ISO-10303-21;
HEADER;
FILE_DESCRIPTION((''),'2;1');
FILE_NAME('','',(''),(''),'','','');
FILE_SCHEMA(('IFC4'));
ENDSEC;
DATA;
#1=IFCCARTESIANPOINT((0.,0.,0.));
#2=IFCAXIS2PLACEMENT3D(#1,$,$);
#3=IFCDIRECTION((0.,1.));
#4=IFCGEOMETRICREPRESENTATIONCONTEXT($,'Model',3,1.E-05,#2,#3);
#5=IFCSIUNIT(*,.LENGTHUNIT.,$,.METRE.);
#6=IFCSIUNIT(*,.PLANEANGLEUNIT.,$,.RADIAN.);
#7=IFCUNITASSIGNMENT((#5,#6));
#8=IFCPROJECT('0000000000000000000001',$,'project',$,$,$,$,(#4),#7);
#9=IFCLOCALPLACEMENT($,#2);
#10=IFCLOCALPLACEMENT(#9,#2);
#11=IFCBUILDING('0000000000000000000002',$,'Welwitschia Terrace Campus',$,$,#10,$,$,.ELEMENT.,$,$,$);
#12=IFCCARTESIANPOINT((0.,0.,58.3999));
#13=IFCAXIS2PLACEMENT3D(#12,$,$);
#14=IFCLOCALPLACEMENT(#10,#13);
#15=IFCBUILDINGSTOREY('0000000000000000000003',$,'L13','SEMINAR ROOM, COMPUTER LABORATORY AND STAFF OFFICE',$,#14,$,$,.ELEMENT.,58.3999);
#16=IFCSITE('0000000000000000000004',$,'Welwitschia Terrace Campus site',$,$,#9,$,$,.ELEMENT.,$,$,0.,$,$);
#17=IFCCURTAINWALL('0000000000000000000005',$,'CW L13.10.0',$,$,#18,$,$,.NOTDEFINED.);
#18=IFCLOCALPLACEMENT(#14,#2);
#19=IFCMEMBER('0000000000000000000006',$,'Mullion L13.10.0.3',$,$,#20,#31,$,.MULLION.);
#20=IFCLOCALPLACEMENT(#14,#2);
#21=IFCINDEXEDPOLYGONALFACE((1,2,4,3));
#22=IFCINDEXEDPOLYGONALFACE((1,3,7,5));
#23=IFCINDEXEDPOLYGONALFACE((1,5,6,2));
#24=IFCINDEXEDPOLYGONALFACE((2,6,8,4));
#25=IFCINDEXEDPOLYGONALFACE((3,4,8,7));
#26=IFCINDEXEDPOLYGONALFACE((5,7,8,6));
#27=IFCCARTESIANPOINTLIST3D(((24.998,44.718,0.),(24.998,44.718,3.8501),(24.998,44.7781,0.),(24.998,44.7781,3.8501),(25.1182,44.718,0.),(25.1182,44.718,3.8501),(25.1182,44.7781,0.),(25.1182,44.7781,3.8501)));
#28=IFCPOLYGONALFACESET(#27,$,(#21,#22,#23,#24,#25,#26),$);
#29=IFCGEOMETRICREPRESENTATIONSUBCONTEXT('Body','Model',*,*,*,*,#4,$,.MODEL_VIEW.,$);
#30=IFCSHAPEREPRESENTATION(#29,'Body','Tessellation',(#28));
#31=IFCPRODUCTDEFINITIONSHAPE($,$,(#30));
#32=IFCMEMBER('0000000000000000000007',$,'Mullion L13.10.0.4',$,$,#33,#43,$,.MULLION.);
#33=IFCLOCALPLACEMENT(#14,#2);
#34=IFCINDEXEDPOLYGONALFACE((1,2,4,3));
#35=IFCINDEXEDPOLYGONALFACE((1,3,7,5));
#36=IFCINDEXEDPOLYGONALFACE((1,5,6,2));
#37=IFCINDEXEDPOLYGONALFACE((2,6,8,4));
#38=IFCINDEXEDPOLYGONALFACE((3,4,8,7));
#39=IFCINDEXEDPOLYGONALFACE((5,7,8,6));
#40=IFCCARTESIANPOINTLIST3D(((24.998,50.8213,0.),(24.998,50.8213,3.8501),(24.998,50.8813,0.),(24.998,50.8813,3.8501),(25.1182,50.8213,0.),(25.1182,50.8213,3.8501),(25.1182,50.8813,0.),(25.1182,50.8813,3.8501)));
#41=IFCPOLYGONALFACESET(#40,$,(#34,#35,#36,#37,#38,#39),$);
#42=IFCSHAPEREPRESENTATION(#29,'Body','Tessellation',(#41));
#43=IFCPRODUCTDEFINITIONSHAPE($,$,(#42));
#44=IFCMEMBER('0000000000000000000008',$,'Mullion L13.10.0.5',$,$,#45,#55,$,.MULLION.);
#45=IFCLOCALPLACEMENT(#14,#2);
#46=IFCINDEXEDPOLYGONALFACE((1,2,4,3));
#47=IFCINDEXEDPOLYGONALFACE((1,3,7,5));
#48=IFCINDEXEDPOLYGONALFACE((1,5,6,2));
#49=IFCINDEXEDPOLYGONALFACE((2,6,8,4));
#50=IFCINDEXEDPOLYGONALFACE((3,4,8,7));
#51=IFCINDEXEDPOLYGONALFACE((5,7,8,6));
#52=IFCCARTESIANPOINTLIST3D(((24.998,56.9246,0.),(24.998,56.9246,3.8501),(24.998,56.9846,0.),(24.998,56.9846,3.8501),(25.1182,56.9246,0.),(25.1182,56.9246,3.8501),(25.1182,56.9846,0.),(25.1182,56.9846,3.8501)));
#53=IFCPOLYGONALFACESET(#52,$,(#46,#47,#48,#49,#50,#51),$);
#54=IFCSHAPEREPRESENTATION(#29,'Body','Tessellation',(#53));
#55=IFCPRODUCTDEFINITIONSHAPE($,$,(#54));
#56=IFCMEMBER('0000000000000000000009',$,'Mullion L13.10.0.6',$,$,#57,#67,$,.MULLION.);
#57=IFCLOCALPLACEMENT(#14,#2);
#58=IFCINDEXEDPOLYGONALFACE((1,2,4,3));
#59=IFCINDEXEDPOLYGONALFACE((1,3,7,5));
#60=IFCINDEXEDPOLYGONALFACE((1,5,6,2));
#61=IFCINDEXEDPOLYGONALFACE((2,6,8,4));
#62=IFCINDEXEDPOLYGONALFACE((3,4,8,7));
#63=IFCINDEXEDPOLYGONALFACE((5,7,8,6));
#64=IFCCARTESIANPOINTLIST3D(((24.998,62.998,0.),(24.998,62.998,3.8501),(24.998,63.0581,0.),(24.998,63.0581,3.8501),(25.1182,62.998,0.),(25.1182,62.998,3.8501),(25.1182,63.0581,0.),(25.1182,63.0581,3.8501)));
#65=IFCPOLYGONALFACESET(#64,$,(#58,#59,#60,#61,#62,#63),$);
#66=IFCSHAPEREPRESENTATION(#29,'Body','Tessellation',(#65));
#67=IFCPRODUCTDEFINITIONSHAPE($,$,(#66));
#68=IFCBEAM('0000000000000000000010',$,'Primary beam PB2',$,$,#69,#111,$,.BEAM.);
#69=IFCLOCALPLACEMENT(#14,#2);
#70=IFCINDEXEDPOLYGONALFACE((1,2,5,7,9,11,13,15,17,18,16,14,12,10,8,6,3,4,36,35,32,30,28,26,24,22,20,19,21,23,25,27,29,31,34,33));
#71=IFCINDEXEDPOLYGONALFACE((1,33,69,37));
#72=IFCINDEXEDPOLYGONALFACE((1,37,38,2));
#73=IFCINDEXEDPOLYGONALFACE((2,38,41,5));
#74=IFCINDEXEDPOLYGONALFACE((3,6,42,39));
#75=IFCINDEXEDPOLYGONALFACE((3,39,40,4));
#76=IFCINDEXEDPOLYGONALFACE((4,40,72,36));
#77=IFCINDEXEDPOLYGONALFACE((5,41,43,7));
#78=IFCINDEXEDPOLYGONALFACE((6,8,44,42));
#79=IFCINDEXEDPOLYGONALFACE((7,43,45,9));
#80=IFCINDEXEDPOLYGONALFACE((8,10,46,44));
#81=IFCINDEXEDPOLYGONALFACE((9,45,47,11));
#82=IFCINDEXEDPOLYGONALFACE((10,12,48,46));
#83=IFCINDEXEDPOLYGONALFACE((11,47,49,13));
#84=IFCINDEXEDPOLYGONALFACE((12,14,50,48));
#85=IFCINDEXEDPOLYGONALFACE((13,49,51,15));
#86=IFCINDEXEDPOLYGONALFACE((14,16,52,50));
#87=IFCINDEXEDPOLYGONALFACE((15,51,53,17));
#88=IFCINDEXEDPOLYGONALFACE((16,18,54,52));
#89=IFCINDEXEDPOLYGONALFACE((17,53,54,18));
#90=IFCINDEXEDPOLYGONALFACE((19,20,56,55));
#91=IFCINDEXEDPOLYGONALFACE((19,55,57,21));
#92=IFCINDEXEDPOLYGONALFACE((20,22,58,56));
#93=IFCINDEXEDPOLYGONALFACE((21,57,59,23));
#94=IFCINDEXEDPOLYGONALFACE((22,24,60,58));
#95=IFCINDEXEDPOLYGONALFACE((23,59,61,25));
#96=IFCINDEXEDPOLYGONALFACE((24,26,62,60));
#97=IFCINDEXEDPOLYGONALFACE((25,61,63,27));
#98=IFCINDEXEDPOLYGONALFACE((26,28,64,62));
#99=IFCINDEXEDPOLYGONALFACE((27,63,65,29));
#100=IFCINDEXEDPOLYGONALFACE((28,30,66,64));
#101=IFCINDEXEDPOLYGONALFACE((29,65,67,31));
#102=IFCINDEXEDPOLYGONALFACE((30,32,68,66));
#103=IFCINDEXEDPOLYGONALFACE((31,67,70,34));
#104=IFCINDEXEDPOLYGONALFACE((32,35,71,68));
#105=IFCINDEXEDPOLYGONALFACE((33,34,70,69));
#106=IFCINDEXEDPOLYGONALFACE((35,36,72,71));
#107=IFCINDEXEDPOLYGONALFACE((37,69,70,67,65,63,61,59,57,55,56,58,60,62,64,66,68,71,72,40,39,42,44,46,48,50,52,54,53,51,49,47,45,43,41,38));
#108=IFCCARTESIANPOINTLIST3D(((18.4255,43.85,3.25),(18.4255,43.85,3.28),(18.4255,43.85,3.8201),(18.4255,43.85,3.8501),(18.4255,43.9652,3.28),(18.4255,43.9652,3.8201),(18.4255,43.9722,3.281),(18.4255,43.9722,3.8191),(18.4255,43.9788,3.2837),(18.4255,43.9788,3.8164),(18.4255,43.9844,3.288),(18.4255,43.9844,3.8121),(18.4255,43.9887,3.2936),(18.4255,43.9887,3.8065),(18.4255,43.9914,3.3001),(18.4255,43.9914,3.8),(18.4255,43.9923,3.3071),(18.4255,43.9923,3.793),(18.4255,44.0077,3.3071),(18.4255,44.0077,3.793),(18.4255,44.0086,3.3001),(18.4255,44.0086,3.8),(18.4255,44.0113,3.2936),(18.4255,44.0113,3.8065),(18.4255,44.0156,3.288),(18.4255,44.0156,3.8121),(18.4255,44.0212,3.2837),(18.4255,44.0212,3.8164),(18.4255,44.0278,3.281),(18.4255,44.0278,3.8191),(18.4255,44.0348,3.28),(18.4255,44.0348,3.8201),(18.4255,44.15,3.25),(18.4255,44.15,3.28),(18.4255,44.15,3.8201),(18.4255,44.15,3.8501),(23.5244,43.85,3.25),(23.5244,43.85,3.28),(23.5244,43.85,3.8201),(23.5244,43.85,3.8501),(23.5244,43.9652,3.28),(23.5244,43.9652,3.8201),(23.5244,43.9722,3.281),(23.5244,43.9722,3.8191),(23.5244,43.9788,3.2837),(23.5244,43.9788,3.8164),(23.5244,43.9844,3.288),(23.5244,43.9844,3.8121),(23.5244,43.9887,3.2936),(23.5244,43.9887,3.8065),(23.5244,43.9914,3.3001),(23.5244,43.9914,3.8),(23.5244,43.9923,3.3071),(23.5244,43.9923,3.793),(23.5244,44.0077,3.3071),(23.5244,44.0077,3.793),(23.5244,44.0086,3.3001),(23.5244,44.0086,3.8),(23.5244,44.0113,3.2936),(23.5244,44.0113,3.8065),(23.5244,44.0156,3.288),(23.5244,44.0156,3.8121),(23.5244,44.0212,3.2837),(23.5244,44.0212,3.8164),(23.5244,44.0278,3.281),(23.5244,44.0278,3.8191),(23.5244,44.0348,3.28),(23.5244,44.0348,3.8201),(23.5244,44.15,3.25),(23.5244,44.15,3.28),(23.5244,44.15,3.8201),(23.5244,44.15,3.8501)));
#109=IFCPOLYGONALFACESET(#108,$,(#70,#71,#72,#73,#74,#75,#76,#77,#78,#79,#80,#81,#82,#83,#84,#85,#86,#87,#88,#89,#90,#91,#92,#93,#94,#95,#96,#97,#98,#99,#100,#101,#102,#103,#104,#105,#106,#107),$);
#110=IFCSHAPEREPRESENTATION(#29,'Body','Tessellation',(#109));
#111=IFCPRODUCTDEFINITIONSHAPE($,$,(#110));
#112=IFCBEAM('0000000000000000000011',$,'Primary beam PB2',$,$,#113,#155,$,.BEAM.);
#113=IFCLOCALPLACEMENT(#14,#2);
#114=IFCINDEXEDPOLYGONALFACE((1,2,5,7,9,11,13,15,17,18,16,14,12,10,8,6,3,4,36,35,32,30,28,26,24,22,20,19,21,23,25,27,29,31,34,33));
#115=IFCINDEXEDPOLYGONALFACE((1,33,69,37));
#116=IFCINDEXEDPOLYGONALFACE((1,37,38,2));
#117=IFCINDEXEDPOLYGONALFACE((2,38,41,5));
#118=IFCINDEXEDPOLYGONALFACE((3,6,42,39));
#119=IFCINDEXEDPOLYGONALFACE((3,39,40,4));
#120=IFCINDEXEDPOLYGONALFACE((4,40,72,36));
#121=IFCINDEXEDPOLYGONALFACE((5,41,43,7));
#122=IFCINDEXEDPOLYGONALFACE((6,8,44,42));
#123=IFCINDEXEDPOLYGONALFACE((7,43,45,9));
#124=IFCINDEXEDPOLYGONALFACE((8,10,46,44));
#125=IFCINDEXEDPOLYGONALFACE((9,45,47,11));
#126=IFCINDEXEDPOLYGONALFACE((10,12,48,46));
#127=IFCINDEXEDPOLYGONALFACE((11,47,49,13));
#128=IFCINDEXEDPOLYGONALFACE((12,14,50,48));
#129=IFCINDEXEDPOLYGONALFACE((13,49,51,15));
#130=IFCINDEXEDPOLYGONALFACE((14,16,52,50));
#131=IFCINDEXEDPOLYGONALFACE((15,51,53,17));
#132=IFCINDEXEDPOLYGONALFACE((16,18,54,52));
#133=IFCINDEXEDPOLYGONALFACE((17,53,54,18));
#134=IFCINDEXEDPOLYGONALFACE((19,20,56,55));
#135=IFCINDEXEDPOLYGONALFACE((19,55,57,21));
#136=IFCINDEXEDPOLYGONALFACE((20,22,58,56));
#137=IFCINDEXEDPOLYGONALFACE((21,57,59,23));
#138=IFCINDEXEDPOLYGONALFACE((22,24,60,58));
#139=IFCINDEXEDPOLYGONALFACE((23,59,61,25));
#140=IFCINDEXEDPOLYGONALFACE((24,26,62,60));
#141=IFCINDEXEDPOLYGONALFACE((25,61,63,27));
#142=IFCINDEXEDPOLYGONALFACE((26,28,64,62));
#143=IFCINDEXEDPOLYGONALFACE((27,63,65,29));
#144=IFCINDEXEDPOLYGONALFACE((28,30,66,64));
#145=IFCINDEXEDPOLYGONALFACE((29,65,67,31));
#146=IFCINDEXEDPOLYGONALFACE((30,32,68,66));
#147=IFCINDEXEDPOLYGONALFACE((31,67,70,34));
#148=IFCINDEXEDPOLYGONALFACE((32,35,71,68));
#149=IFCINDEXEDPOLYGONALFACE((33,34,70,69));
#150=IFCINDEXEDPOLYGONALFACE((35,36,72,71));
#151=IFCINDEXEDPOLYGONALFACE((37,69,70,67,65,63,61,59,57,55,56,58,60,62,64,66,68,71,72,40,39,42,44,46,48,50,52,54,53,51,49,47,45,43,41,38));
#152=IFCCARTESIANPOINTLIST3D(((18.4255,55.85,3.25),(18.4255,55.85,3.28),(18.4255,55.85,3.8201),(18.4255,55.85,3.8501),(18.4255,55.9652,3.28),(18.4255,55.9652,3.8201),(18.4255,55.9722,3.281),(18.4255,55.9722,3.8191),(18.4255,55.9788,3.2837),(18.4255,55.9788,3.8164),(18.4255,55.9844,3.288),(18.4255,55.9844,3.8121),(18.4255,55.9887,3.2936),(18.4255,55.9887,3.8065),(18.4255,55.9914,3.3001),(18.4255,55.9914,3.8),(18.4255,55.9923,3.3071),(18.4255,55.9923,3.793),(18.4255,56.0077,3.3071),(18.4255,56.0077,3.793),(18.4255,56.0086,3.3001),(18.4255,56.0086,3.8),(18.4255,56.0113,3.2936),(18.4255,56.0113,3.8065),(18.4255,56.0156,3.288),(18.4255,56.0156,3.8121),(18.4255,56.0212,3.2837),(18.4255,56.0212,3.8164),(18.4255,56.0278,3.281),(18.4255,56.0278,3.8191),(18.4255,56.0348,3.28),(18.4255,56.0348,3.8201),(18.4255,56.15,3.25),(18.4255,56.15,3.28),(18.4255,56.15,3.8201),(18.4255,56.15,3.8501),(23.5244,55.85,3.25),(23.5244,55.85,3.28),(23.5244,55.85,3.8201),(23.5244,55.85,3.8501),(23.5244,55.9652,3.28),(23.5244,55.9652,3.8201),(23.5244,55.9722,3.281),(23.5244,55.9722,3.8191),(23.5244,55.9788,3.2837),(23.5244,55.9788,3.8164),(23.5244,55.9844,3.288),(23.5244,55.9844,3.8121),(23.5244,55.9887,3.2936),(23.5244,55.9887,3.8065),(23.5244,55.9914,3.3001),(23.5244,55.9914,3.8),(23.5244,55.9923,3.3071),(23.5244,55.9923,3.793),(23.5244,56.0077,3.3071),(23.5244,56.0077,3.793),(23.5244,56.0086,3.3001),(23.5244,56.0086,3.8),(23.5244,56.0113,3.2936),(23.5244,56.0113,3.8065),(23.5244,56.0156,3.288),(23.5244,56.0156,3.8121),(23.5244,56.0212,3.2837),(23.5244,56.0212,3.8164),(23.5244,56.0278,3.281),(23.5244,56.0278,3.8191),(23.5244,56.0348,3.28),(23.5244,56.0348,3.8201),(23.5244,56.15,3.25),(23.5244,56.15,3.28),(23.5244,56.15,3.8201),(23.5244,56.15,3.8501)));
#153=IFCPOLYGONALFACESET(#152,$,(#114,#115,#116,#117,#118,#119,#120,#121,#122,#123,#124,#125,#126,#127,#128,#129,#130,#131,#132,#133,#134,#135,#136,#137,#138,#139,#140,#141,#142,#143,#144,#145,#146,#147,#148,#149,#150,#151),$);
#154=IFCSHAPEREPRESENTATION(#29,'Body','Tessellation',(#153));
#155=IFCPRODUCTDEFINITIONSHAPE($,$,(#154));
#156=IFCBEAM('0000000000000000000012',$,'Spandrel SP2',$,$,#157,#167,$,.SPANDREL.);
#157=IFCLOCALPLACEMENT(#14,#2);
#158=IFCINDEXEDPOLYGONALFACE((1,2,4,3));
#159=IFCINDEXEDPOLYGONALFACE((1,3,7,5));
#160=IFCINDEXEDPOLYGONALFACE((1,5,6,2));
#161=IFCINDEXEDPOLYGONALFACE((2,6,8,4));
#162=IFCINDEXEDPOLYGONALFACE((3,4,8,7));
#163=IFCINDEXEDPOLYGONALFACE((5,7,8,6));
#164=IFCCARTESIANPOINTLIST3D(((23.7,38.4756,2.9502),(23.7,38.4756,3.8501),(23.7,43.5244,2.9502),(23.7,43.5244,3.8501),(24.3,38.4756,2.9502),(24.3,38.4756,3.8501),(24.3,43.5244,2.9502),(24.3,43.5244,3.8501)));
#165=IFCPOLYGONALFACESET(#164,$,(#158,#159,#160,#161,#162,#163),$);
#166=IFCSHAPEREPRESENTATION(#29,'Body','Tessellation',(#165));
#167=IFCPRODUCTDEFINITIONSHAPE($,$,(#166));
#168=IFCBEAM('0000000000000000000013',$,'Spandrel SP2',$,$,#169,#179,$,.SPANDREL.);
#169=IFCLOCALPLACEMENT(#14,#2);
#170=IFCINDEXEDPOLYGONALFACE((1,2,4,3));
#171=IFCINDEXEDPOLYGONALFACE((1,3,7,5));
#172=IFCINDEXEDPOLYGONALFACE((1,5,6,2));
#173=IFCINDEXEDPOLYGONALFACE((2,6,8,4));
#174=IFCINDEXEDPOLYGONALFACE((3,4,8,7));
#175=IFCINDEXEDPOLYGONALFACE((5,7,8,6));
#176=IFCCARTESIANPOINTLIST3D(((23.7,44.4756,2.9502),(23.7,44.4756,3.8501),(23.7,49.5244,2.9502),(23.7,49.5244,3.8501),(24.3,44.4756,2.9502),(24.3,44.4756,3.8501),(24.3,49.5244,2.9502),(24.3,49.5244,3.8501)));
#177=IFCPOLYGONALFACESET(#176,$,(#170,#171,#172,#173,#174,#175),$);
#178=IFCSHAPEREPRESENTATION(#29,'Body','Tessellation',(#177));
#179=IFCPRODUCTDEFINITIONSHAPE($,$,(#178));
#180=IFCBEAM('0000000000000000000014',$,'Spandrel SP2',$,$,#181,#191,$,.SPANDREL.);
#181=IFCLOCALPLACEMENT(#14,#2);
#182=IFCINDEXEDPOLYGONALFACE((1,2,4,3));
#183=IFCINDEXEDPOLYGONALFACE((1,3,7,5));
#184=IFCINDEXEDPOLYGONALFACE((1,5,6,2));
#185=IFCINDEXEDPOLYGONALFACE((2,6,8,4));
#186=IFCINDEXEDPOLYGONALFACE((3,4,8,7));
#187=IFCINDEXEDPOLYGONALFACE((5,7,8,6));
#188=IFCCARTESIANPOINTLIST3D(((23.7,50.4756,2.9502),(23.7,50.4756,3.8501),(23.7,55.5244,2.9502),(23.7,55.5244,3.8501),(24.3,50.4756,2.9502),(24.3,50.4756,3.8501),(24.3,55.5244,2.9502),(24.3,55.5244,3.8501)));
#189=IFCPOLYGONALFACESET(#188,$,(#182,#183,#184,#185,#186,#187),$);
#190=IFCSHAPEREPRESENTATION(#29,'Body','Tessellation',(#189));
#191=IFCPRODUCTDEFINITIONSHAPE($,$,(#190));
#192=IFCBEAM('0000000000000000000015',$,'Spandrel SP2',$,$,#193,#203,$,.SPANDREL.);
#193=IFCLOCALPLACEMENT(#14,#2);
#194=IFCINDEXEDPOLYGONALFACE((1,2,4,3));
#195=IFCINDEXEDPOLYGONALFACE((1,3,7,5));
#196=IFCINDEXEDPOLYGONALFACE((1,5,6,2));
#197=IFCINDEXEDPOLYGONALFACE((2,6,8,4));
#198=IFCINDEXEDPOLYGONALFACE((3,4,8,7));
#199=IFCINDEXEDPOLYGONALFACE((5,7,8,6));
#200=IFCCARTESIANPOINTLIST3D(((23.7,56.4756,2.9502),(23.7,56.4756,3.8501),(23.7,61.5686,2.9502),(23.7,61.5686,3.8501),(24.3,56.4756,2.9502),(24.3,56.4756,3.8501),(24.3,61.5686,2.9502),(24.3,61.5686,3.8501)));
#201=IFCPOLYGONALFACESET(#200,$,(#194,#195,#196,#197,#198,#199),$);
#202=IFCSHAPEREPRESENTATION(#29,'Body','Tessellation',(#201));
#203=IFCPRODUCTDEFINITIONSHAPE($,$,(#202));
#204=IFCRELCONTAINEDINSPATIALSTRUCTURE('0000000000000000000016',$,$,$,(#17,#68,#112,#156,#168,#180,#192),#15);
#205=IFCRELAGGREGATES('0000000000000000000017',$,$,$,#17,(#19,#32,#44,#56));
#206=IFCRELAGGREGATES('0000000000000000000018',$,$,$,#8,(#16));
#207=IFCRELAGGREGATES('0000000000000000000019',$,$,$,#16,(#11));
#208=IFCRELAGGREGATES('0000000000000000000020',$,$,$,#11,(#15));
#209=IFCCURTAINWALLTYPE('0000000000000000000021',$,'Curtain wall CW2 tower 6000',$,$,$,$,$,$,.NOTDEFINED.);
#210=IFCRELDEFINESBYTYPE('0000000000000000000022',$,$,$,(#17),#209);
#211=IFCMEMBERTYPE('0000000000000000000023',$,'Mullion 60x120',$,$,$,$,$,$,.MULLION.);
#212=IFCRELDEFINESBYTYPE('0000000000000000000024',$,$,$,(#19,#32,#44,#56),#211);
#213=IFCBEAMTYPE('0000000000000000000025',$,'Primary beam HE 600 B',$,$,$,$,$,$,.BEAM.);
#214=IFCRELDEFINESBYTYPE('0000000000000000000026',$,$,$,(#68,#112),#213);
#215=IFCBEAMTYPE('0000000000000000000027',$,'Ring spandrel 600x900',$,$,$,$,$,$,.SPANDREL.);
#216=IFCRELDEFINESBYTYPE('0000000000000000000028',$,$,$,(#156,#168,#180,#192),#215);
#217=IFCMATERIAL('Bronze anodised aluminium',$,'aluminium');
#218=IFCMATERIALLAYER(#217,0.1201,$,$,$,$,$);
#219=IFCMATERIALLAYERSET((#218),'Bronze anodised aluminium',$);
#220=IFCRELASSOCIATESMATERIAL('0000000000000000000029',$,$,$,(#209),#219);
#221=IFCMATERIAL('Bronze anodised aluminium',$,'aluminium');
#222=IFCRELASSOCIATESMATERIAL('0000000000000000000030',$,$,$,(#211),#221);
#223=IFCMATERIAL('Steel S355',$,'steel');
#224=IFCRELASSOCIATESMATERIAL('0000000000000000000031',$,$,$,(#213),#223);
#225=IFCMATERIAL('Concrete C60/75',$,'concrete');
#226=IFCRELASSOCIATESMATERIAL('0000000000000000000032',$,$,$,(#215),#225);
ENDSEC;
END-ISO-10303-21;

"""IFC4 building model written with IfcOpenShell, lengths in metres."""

from ifc_helpers import new_model, si_unit, direction, frame, origin, origin_2d, place, context, subcontext, project, spatial, rectangle, i_section, extrude, material, layer, layer_set, material_profile, profile_set, type_object, element, aggregate, save


model = new_model("IFC4")

# Units and contexts
model_context = context("Model", 3, precision=1e-05, world=origin(), true_north=direction((0.0, 1.0)))
body_context = subcontext(model_context, "Body", "Model", "MODEL_VIEW")
ifc_project = project(units=[si_unit("LENGTHUNIT", "METRE"), si_unit("PLANEANGLEUNIT", "RADIAN")], contexts=[model_context])

# Site, building, storey
site_placement = place(None, origin())
site = spatial("IfcSite", under=ifc_project, at=site_placement, Name="Welwitschia Terrace Campus site", CompositionType="ELEMENT", RefElevation=0.0)
building_placement = place(site_placement, origin())
building = spatial("IfcBuilding", under=site, at=building_placement, Name="Welwitschia Terrace Campus", CompositionType="ELEMENT")
storey_placement = place(building_placement, frame((0.0, 0.0, 58.3999)))
storey = spatial("IfcBuildingStorey", under=building, at=storey_placement, Name="L13", Description="SEMINAR ROOM, COMPUTER LABORATORY AND STAFF OFFICE", CompositionType="ELEMENT", Elevation=58.3999)

# Curtain wall, members
ifc_material_1 = material(Name="Bronze anodised aluminium", Category="aluminium")
ifc_layer_1 = layer(ifc_material_1, 0.1201)
ifc_layer_set_1 = layer_set([ifc_layer_1], Name="Bronze anodised aluminium")
curtain_wall_type = type_object("IfcCurtainWallType", Name="Curtain wall CW2 tower 6000", PredefinedType="NOTDEFINED", material=ifc_layer_set_1)
curtain_wall_placement = place(storey_placement, origin())
curtain_wall = element("IfcCurtainWall", 1, at=curtain_wall_placement, inside=storey, type_object=curtain_wall_type, Name="CW L13.10.0", PredefinedType="NOTDEFINED")
ifc_material_2 = material(Name="Bronze anodised aluminium", Category="aluminium")
ifc_material_profile_1 = material_profile(ifc_material_2, rectangle(XDim=0.1201, YDim=0.0601, at=origin_2d()))
ifc_profile_set_1 = profile_set([ifc_material_profile_1], Name="Bronze anodised aluminium")
member_type = type_object("IfcMemberType", Name="Mullion 60x120", PredefinedType="MULLION", material=ifc_profile_set_1)
member_1_placement = place(storey_placement, frame((25.0581, 44.748, 0.0), z_axis=(0.0, 0.0, 1.0), x_axis=(-1.0, 0.0, 0.0)))
member_1 = element("IfcMember", 2, at=member_1_placement, type_object=member_type, Name="Mullion L13.10.0.3", PredefinedType="MULLION", context=body_context, shape_type="SweptSolid", body=[
    extrude(rectangle(XDim=0.1201, YDim=0.0601, at=origin_2d()), origin(), (0.0, 0.0, 1.0), 3.8501),
])
member_2_placement = place(storey_placement, frame((25.0581, 50.8513, 0.0), z_axis=(0.0, 0.0, 1.0), x_axis=(-1.0, 0.0, 0.0)))
member_2 = element("IfcMember", 3, at=member_2_placement, type_object=member_type, Name="Mullion L13.10.0.4", PredefinedType="MULLION", context=body_context, shape_type="SweptSolid", body=[
    extrude(rectangle(XDim=0.1201, YDim=0.0601, at=origin_2d()), origin(), (0.0, 0.0, 1.0), 3.8501),
])
member_3_placement = place(storey_placement, frame((25.0581, 56.9546, 0.0), z_axis=(0.0, 0.0, 1.0), x_axis=(-1.0, 0.0, 0.0)))
member_3 = element("IfcMember", 4, at=member_3_placement, type_object=member_type, Name="Mullion L13.10.0.5", PredefinedType="MULLION", context=body_context, shape_type="SweptSolid", body=[
    extrude(rectangle(XDim=0.1201, YDim=0.0601, at=origin_2d()), origin(), (0.0, 0.0, 1.0), 3.8501),
])
member_4_placement = place(storey_placement, frame((25.0581, 63.0281, 0.0), z_axis=(0.0, 0.0, 1.0), x_axis=(-1.0, 0.0, 0.0)))
member_4 = element("IfcMember", 5, at=member_4_placement, type_object=member_type, Name="Mullion L13.10.0.6", PredefinedType="MULLION", context=body_context, shape_type="SweptSolid", body=[
    extrude(rectangle(XDim=0.1201, YDim=0.0601, at=origin_2d()), origin(), (0.0, 0.0, 1.0), 3.8501),
])

# Beams
ifc_material_3 = material(Name="Steel S355", Category="steel")
ifc_material_profile_2 = material_profile(ifc_material_3, i_section(OverallWidth=0.3, OverallDepth=0.6001, WebThickness=0.0154, FlangeThickness=0.03, FilletRadius=0.0271, at=origin_2d()))
ifc_profile_set_2 = profile_set([ifc_material_profile_2], Name="Steel S355")
beam_type_1 = type_object("IfcBeamType", Name="Primary beam HE 600 B", PredefinedType="BEAM", material=ifc_profile_set_2)
for number, where, z_axis, x_axis, name in (
    (6, (23.5244, 44.0, 3.55), (-1.0, 0.0, 0.0), (0.0, -1.0, 0.0), "Primary beam PB2"),
    (7, (23.5244, 56.0, 3.55), (-1.0, 0.0, 0.0), (0.0, -1.0, 0.0), "Primary beam PB2"),
):
    element("IfcBeam", number, at=place(storey_placement, frame(where, z_axis=z_axis, x_axis=x_axis)), inside=storey, type_object=beam_type_1, Name=name, PredefinedType="BEAM", context=body_context, shape_type="SweptSolid", body=[
        extrude(i_section(OverallWidth=0.3, OverallDepth=0.6001, WebThickness=0.0154, FlangeThickness=0.03, FilletRadius=0.0271, at=origin_2d()), origin(), (0.0, 0.0, 1.0), 5.0989),
    ])
ifc_material_4 = material(Name="Concrete C60/75", Category="concrete")
ifc_material_profile_3 = material_profile(ifc_material_4, rectangle(XDim=0.6001, YDim=0.8999, at=origin_2d()))
ifc_profile_set_3 = profile_set([ifc_material_profile_3], Name="Concrete C60/75")
beam_type_2 = type_object("IfcBeamType", Name="Ring spandrel 600x900", PredefinedType="SPANDREL", material=ifc_profile_set_3)
for number, where, z_axis, x_axis, name in (
    (8, (24.0, 38.4756, 3.4001), (0.0, 1.0, 0.0), (-1.0, 0.0, 0.0), "Spandrel SP2"),
    (9, (24.0, 44.4756, 3.4001), (0.0, 1.0, 0.0), (-1.0, 0.0, 0.0), "Spandrel SP2"),
    (10, (24.0, 50.4756, 3.4001), (0.0, 1.0, 0.0), (-1.0, 0.0, 0.0), "Spandrel SP2"),
):
    element("IfcBeam", number, at=place(storey_placement, frame(where, z_axis=z_axis, x_axis=x_axis)), inside=storey, type_object=beam_type_2, Name=name, PredefinedType="SPANDREL", context=body_context, shape_type="SweptSolid", body=[
        extrude(rectangle(XDim=0.6001, YDim=0.8999, at=origin_2d()), origin(), (0.0, 0.0, 1.0), 5.0488),
    ])
for number, where, z_axis, x_axis, name in (
    (11, (24.0, 56.4756, 3.4001), (0.0, 1.0, 0.0), (-1.0, 0.0, 0.0), "Spandrel SP2"),
):
    element("IfcBeam", number, at=place(storey_placement, frame(where, z_axis=z_axis, x_axis=x_axis)), inside=storey, type_object=beam_type_2, Name=name, PredefinedType="SPANDREL", context=body_context, shape_type="SweptSolid", body=[
        extrude(rectangle(XDim=0.6001, YDim=0.8999, at=origin_2d()), origin(), (0.0, 0.0, 1.0), 5.093),
    ])

aggregate(curtain_wall, [member_1, member_2, member_3, member_4])

save(model, "model.ifc")
